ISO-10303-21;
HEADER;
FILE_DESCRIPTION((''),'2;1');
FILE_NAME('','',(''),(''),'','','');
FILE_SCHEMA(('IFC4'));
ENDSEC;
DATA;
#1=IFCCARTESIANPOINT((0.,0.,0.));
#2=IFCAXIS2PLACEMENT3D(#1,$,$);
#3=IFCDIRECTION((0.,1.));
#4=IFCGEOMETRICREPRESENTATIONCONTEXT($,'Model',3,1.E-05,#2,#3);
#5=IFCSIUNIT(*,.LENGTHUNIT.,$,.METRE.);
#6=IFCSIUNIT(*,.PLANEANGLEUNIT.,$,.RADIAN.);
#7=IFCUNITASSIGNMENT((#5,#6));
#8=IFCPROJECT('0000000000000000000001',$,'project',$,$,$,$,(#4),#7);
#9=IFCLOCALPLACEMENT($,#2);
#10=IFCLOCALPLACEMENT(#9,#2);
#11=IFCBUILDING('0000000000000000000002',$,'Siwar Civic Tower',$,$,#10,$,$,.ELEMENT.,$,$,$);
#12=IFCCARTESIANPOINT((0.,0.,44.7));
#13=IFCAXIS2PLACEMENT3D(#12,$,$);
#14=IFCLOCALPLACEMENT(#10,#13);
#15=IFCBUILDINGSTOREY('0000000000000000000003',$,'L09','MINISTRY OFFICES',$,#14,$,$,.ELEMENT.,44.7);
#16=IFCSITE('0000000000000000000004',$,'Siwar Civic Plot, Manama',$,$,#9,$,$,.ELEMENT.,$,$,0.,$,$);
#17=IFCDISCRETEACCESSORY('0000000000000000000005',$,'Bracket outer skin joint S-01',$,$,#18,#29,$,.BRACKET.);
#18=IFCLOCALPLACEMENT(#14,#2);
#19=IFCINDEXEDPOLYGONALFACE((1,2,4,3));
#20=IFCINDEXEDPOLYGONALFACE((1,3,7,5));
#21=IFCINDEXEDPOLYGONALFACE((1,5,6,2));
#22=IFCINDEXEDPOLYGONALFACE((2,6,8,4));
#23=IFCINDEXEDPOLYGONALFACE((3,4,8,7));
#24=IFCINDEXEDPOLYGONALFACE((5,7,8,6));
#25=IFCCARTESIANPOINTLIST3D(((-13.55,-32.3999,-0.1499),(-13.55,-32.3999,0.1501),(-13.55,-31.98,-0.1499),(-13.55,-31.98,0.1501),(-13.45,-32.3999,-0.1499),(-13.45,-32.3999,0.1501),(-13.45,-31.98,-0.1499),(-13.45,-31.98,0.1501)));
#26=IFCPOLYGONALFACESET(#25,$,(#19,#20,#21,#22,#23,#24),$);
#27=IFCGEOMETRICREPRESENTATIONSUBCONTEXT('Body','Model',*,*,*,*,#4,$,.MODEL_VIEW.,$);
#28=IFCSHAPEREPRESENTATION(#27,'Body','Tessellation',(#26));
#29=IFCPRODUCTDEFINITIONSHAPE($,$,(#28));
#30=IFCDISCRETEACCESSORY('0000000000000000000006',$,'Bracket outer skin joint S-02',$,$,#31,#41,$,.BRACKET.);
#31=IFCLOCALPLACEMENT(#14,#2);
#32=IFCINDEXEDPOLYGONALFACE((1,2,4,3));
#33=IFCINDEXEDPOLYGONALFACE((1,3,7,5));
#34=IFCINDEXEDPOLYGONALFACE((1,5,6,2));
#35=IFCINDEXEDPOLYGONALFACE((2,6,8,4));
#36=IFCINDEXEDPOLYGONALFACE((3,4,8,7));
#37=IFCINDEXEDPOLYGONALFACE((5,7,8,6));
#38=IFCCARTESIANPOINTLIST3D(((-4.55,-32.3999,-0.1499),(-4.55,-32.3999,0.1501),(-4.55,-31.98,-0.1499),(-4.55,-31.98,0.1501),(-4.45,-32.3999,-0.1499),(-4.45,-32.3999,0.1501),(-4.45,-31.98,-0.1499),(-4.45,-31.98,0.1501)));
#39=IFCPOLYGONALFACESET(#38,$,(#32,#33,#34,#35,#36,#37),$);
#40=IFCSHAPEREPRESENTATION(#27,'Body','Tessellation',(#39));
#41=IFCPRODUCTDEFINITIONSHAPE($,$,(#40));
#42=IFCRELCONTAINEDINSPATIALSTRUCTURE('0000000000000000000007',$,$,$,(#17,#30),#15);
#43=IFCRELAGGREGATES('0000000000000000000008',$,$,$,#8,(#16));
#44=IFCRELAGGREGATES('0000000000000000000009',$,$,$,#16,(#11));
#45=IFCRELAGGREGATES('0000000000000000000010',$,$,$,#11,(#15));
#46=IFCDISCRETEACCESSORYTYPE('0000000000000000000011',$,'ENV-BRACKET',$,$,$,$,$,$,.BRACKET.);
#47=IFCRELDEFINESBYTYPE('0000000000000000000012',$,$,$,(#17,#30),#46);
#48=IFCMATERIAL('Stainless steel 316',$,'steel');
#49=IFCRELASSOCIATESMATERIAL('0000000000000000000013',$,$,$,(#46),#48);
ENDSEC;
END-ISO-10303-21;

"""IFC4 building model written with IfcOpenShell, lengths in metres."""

from ifc_helpers import new_model, si_unit, direction, frame, origin, origin_2d, place, context, subcontext, project, spatial, rectangle, extrude, material, type_object, element, save


model = new_model("IFC4")

# Units and contexts
model_context = context("Model", 3, precision=1e-05, world=origin(), true_north=direction((0.0, 1.0)))
body_context = subcontext(model_context, "Body", "Model", "MODEL_VIEW")
ifc_project = project(units=[si_unit("LENGTHUNIT", "METRE"), si_unit("PLANEANGLEUNIT", "RADIAN")], contexts=[model_context])

# Site, building, storey
site_placement = place(None, origin())
site = spatial("IfcSite", under=ifc_project, at=site_placement, Name="Siwar Civic Plot, Manama", CompositionType="ELEMENT", RefElevation=0.0)
building_placement = place(site_placement, origin())
building = spatial("IfcBuilding", under=site, at=building_placement, Name="Siwar Civic Tower", CompositionType="ELEMENT")
storey_placement = place(building_placement, frame((0.0, 0.0, 44.7)))
storey = spatial("IfcBuildingStorey", under=building, at=storey_placement, Name="L09", Description="MINISTRY OFFICES", CompositionType="ELEMENT", Elevation=44.7)

# Discrete accessories
ifc_material_1 = material(Name="Stainless steel 316", Category="steel")
discrete_accessory_type = type_object("IfcDiscreteAccessoryType", Name="ENV-BRACKET", PredefinedType="BRACKET", material=ifc_material_1)
for number, where, z_axis, x_axis, name in (
    (1, (-13.5, -32.1899, -0.1499), (0.0, 0.0, 1.0), (0.0, -1.0, 0.0), "Bracket outer skin joint S-01"),
    (2, (-4.5, -32.1899, -0.1499), (0.0, 0.0, 1.0), (0.0, -1.0, 0.0), "Bracket outer skin joint S-02"),
):
    element("IfcDiscreteAccessory", number, at=place(storey_placement, frame(where, z_axis=z_axis, x_axis=x_axis)), inside=storey, type_object=discrete_accessory_type, Name=name, PredefinedType="BRACKET", context=body_context, shape_type="SweptSolid", body=[
        extrude(rectangle(XDim=0.4199, YDim=0.1001, at=origin_2d()), origin(), (0.0, 0.0, 1.0), 0.3),
    ])

save(model, "model.ifc")
